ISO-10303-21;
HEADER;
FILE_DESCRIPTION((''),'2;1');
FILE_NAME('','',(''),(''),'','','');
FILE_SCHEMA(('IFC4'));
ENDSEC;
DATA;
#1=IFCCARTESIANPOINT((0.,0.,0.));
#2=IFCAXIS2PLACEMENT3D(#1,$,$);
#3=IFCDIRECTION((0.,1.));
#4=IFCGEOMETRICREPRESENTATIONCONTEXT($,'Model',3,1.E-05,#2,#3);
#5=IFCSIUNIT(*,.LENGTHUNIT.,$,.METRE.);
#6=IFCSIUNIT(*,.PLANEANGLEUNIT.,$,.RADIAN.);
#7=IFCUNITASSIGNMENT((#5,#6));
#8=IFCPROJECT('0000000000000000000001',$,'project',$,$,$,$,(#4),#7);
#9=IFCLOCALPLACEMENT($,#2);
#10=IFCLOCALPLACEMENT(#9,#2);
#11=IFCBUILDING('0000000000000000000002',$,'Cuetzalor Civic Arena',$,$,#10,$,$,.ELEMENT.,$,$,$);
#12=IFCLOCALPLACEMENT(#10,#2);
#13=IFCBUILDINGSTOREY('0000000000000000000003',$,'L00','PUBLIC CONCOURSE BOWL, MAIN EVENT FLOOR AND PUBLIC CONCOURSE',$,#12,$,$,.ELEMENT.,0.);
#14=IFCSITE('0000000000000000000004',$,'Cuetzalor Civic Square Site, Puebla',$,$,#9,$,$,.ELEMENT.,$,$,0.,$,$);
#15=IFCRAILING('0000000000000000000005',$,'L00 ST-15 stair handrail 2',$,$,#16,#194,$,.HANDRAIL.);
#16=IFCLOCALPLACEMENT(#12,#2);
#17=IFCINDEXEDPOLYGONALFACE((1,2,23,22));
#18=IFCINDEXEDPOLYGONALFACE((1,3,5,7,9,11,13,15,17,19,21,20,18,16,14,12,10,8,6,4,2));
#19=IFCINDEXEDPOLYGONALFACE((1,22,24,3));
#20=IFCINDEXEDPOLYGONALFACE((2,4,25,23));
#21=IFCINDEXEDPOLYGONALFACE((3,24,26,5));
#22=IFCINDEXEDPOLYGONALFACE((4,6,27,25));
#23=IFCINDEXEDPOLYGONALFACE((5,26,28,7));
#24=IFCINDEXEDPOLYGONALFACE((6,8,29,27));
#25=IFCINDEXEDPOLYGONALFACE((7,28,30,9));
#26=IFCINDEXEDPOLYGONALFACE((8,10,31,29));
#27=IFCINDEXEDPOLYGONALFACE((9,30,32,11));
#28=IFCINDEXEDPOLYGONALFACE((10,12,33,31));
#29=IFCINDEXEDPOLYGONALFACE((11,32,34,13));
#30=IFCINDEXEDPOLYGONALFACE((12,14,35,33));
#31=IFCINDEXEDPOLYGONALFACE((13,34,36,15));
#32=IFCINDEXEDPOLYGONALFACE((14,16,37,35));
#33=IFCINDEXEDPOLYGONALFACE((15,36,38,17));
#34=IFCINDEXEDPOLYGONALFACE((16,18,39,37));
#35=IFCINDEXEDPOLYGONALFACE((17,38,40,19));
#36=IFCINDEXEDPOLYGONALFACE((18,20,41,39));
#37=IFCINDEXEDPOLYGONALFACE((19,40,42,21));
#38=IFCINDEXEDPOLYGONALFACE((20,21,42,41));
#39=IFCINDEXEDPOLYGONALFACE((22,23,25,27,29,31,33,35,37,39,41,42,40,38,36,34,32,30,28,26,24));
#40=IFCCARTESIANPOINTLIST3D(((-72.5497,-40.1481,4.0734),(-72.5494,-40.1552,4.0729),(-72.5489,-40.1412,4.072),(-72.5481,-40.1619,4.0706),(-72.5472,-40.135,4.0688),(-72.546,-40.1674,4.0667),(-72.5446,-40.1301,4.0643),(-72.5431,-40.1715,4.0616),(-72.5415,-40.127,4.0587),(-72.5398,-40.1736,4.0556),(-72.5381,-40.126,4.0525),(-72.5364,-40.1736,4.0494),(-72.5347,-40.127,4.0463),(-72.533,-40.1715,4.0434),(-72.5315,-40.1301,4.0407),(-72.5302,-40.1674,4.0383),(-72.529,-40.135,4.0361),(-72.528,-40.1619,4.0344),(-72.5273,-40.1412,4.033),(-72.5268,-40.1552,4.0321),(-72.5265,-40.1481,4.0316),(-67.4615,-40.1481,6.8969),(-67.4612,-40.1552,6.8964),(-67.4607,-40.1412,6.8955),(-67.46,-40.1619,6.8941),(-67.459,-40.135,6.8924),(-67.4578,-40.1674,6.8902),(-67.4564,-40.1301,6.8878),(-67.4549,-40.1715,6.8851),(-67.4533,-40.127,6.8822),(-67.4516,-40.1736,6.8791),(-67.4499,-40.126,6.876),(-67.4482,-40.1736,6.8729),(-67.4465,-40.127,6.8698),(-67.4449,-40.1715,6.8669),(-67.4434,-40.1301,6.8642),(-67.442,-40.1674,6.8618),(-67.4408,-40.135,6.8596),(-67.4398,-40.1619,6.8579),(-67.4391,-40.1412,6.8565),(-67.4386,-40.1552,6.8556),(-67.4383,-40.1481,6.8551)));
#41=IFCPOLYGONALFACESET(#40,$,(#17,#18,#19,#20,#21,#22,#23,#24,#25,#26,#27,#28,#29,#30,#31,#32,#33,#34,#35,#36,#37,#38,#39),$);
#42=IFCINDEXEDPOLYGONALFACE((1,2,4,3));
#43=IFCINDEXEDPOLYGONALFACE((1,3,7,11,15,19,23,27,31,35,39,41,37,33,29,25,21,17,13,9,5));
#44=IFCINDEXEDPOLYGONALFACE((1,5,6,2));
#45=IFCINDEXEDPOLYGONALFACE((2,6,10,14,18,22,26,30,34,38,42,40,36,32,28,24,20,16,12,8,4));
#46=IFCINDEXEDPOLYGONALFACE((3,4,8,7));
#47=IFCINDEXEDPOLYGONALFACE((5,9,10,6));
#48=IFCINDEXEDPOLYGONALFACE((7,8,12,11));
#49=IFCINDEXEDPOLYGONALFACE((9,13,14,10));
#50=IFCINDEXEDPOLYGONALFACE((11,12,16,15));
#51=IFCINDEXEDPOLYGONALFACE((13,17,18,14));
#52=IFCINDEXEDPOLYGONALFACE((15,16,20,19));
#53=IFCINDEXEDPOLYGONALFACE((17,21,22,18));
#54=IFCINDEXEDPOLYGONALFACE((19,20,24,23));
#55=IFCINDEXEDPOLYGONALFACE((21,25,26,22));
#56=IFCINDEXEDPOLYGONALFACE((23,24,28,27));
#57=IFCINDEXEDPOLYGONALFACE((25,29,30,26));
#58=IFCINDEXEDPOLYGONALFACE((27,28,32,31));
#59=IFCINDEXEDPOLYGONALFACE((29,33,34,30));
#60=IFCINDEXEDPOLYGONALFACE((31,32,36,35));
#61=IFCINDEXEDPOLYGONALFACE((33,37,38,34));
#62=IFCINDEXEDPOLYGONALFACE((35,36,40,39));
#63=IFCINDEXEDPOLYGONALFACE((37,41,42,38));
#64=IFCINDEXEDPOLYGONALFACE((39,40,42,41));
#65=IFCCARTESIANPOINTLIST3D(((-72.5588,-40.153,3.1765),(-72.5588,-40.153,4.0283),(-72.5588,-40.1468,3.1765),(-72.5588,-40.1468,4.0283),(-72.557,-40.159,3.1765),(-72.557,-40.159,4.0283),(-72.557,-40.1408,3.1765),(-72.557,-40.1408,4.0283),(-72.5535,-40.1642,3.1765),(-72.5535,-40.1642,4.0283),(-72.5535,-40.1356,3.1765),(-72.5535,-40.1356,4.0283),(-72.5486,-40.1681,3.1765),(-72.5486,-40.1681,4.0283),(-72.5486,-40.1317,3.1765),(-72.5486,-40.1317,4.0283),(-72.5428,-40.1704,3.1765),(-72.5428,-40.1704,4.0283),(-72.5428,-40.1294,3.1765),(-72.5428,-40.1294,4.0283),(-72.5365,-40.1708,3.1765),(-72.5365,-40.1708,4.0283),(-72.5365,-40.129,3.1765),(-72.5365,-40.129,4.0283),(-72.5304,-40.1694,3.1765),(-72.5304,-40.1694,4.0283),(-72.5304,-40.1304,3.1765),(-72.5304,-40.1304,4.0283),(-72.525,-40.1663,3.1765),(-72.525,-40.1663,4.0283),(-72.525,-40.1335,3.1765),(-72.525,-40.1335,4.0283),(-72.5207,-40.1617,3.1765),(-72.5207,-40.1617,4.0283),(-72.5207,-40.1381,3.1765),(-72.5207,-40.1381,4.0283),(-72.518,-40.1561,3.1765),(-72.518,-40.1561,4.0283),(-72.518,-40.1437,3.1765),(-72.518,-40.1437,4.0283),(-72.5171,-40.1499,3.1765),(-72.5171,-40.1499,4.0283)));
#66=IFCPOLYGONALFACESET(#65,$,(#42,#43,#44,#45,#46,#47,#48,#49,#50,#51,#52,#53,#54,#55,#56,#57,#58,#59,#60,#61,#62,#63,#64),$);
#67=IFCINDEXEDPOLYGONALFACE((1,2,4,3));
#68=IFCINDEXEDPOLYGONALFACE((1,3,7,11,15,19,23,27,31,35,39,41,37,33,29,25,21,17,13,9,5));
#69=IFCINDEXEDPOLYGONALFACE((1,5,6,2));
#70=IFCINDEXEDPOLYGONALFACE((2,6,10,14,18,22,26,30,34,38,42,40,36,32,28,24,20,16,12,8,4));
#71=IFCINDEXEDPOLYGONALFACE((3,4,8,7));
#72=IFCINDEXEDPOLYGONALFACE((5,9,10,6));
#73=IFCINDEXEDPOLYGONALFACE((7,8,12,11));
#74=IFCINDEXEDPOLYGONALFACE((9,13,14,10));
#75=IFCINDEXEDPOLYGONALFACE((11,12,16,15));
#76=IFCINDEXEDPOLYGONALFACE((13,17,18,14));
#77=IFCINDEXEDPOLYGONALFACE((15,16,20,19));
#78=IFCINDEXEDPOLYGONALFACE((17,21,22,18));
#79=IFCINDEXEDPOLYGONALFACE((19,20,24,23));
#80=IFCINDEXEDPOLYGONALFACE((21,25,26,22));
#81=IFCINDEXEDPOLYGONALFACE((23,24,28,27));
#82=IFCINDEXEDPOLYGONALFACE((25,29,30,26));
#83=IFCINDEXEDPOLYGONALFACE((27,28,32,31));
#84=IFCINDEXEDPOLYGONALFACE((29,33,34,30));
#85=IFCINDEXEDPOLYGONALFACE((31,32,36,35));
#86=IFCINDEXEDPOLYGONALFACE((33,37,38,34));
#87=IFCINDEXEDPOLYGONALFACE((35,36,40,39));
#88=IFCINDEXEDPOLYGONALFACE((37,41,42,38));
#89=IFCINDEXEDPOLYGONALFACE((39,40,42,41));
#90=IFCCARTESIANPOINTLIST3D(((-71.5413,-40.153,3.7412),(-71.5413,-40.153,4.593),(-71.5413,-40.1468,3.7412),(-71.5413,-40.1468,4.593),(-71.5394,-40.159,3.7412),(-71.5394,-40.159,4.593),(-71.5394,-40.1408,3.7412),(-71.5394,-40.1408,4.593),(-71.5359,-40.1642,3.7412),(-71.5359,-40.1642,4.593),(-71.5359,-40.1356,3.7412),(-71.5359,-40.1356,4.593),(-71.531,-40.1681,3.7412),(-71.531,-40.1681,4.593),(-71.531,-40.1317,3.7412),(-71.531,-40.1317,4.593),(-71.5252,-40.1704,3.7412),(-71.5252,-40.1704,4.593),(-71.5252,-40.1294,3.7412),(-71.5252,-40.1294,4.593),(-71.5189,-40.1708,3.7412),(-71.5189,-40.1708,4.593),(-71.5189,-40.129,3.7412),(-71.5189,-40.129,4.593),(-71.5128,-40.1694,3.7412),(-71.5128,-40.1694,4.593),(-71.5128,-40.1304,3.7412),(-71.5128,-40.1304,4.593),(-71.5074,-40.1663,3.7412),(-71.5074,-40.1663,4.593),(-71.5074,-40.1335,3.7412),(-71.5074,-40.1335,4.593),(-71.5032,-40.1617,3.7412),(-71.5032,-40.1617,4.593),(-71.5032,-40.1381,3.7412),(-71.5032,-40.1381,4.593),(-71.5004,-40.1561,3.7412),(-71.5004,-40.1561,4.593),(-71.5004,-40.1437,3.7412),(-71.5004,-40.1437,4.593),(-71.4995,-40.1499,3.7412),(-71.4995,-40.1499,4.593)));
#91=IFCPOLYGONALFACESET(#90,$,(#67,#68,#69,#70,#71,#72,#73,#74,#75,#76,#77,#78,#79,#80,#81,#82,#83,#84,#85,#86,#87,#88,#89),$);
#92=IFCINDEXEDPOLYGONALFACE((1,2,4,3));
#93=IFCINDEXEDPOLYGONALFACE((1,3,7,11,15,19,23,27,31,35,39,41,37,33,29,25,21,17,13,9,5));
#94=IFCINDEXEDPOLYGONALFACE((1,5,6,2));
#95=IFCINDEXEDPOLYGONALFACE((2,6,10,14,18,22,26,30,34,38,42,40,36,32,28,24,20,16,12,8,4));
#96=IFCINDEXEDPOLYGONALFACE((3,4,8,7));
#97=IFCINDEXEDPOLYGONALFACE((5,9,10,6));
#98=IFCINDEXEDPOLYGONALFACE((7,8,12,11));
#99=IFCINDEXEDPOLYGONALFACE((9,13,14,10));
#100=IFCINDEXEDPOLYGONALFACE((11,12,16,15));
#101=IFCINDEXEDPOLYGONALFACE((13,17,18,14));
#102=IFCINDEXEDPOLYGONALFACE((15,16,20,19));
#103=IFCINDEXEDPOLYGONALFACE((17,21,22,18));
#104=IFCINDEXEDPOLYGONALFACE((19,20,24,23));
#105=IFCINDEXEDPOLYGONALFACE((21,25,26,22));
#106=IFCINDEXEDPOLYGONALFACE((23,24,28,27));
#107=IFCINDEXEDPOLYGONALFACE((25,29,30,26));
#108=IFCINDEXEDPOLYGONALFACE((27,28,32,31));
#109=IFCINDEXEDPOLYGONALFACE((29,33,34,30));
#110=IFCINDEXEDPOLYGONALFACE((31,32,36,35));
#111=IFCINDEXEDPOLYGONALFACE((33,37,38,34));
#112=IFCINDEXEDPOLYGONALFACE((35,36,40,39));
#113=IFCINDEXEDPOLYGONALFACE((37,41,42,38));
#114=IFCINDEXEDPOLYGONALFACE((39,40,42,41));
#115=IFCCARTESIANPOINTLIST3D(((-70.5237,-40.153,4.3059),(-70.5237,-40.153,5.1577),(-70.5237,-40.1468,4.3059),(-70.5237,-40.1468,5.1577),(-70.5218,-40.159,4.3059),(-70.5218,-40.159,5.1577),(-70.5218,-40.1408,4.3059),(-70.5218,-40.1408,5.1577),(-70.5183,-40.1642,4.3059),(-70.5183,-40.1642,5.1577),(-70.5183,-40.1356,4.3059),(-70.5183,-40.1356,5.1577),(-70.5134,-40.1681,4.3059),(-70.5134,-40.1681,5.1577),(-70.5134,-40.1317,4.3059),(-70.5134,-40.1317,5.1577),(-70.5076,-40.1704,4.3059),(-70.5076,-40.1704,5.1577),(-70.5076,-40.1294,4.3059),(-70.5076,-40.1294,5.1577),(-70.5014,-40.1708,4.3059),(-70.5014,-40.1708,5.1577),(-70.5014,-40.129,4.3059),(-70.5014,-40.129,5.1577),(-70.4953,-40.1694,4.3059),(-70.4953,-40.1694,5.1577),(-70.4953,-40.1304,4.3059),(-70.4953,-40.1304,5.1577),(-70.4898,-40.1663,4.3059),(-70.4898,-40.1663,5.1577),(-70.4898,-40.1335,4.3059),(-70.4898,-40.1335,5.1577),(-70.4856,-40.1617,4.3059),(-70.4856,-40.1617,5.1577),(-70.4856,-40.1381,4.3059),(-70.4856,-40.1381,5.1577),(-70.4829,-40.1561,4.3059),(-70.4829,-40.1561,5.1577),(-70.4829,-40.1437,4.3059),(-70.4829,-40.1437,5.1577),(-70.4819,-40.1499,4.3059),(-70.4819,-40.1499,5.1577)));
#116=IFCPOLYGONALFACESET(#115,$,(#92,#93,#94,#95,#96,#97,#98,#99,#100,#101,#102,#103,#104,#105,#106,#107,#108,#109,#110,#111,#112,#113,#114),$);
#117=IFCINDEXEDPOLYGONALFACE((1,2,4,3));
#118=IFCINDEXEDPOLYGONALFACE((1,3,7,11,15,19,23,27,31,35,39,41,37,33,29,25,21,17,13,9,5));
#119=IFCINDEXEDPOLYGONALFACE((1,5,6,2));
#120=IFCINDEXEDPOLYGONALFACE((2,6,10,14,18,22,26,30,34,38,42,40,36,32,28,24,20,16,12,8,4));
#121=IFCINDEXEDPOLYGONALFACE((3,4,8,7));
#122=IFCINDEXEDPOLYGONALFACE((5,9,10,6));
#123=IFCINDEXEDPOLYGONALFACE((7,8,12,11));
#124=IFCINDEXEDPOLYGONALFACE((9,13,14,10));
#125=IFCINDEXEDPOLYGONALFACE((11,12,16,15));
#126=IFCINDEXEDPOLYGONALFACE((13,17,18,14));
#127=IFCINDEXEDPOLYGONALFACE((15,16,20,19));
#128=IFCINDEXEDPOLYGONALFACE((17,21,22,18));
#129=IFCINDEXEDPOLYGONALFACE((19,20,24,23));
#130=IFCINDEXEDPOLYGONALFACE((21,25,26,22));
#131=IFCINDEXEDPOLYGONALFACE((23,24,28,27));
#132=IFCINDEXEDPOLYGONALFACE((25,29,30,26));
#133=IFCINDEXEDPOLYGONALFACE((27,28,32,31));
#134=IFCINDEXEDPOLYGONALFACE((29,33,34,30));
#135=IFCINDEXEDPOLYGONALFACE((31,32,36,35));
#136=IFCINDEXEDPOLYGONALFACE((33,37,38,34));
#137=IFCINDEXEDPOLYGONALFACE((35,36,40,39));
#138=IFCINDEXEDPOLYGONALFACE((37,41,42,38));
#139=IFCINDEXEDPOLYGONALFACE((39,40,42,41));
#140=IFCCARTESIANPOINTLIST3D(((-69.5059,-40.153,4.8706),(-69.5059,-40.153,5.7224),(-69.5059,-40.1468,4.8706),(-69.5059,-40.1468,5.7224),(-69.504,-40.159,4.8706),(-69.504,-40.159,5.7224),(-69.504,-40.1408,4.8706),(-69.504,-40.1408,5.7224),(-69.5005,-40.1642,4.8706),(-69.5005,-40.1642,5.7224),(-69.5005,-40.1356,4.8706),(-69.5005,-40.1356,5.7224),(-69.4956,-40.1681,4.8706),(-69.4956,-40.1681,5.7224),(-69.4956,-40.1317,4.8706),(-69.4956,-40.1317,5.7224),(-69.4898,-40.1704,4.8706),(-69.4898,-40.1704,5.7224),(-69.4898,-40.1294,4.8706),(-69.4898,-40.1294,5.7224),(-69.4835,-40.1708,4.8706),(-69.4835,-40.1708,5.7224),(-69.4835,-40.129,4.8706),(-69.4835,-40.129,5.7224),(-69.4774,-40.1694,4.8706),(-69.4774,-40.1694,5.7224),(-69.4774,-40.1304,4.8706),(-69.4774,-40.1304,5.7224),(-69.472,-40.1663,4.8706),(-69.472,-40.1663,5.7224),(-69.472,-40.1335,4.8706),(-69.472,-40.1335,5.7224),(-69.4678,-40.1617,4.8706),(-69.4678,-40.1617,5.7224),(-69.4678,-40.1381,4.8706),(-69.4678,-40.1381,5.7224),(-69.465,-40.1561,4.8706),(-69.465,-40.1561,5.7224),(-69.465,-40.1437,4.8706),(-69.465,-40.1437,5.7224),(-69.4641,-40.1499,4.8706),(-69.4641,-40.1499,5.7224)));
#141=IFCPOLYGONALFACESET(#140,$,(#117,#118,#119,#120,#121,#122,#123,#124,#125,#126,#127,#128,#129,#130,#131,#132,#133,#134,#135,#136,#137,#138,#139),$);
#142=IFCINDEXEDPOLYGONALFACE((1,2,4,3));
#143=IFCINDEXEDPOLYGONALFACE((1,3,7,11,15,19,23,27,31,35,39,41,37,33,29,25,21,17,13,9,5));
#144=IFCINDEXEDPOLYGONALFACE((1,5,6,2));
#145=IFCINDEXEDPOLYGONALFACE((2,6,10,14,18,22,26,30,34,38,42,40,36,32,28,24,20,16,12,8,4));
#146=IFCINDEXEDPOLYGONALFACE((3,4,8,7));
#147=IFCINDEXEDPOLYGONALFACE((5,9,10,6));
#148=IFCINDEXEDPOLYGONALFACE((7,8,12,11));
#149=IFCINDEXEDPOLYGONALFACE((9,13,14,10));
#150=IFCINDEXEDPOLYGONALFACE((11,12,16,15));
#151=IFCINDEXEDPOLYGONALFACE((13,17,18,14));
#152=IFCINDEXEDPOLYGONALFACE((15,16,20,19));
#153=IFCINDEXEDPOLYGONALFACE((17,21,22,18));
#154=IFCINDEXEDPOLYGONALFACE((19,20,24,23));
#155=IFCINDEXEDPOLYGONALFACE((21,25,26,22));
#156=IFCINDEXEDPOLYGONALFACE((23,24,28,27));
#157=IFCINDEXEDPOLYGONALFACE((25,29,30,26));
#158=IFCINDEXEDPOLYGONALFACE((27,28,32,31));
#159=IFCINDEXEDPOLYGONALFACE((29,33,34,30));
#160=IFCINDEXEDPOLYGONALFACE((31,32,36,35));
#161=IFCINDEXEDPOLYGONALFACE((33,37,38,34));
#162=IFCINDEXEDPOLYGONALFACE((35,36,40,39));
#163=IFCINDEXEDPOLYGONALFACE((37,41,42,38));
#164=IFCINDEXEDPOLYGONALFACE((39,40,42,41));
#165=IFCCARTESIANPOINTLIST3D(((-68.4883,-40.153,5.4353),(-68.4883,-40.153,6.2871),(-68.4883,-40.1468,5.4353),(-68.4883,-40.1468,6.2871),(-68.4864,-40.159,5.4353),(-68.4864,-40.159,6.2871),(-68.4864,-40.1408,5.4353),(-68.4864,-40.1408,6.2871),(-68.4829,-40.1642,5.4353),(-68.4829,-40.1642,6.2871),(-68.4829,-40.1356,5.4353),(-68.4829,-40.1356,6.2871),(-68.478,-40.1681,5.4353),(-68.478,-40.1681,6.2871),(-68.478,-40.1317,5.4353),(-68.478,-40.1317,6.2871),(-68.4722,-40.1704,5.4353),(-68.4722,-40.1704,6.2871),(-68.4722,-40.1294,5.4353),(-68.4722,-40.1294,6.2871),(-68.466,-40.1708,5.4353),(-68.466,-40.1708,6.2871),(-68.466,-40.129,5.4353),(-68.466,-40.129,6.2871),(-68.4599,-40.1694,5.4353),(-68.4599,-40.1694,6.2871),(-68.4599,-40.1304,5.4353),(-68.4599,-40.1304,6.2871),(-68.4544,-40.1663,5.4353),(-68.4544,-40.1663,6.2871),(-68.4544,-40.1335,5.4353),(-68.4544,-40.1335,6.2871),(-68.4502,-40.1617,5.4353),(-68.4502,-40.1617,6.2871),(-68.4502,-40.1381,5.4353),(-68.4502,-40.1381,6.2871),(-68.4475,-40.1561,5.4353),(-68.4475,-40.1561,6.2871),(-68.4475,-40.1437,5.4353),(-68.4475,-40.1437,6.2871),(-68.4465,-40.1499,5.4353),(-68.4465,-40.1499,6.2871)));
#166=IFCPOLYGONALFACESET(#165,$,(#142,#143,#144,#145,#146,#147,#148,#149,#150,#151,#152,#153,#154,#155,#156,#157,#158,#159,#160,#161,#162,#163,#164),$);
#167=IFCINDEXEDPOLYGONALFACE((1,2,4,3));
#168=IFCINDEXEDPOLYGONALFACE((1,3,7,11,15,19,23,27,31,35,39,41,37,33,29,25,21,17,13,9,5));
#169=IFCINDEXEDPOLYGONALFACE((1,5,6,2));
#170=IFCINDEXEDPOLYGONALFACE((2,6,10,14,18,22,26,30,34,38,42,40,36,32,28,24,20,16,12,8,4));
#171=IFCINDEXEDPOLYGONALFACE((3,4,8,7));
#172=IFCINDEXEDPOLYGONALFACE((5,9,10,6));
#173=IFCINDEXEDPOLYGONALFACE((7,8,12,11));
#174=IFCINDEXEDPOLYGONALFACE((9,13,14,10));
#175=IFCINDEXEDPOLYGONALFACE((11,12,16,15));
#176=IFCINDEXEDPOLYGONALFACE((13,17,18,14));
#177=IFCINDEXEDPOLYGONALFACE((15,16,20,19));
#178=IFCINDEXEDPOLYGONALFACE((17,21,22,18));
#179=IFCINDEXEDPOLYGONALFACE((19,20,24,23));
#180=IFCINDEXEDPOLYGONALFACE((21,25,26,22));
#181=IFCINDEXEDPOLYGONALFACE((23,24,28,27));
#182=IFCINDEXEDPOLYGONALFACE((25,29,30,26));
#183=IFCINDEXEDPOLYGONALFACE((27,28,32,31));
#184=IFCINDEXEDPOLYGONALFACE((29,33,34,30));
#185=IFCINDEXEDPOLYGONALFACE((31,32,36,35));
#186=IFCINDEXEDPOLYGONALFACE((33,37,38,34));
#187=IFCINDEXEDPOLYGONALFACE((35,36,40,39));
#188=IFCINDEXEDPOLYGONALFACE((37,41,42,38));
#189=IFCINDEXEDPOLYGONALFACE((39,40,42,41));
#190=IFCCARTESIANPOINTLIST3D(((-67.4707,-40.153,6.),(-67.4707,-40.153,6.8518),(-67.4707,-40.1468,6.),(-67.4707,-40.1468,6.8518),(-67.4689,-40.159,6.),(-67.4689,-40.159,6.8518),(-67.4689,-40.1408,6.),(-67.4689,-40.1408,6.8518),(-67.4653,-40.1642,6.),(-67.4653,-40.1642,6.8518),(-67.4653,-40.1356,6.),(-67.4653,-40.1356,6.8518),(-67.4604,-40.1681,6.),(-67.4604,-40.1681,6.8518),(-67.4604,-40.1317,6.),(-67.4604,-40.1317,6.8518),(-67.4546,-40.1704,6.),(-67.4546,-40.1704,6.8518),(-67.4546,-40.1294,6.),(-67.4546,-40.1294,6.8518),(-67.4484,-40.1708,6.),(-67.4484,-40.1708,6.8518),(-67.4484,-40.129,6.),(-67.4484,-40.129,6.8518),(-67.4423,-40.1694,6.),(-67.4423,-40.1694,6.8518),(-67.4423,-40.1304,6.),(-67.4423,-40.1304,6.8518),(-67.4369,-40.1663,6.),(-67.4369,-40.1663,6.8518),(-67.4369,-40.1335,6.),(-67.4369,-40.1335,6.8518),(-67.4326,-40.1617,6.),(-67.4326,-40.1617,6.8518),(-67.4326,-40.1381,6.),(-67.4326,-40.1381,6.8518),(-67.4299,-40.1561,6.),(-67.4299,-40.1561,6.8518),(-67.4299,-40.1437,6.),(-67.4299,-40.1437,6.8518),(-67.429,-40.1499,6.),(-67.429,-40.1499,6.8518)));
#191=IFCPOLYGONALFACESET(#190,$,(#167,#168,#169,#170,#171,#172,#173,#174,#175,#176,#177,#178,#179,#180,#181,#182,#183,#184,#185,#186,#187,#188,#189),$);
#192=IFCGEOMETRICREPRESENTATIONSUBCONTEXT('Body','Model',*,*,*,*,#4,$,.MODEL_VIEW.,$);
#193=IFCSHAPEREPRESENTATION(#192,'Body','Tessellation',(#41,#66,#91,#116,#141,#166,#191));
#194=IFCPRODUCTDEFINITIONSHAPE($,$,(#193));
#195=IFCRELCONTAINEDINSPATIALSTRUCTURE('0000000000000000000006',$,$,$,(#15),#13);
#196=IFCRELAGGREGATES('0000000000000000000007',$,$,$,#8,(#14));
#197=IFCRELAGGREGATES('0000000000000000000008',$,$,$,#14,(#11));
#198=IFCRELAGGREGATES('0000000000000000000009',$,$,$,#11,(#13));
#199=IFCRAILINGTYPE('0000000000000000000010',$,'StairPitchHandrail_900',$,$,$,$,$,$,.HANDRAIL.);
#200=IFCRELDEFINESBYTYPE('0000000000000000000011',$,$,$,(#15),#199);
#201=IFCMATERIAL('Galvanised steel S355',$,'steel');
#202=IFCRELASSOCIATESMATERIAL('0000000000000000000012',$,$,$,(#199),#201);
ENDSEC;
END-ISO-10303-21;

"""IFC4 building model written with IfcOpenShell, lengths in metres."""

from ifc_helpers import new_model, si_unit, direction, frame, origin, origin_2d, place, context, subcontext, project, spatial, circle, extrude, material, type_object, element, save


model = new_model("IFC4")

# Units and contexts
model_context = context("Model", 3, precision=1e-05, world=origin(), true_north=direction((0.0, 1.0)))
body_context = subcontext(model_context, "Body", "Model", "MODEL_VIEW")
ifc_project = project(units=[si_unit("LENGTHUNIT", "METRE"), si_unit("PLANEANGLEUNIT", "RADIAN")], contexts=[model_context])

# Site, building, storey
site_placement = place(None, origin())
site = spatial("IfcSite", under=ifc_project, at=site_placement, Name="Cuetzalor Civic Square Site, Puebla", CompositionType="ELEMENT", RefElevation=0.0)
building_placement = place(site_placement, origin())
building = spatial("IfcBuilding", under=site, at=building_placement, Name="Cuetzalor Civic Arena", CompositionType="ELEMENT")
storey_placement = place(building_placement, origin())
storey = spatial("IfcBuildingStorey", under=building, at=storey_placement, Name="L00", Description="PUBLIC CONCOURSE BOWL, MAIN EVENT FLOOR AND PUBLIC CONCOURSE", CompositionType="ELEMENT", Elevation=0.0)

# Railing
ifc_material_1 = material(Name="Galvanised steel S355", Category="steel")
railing_type_1 = type_object("IfcRailingType", Name="StairPitchHandrail_900", PredefinedType="HANDRAIL", material=ifc_material_1)
for number, where, name in (
    (1, (-72.5381, -40.1499, 3.1765), "L00 ST-15 stair handrail 2"),
):
    element("IfcRailing", number, at=place(storey_placement, frame(where)), inside=storey, type_object=railing_type_1, Name=name, PredefinedType="HANDRAIL", context=body_context, shape_type="SweptSolid", body=[
        extrude(circle(Radius=0.0239, at=origin_2d()), frame((0.0, 0.0, 0.876), z_axis=(0.874395, 0.0, 0.485215), x_axis=(0.0, 1.0, 0.0)), (0.0, 0.0, 1.0), 5.8191),
        extrude(circle(Radius=0.021, at=origin_2d()), origin(), (0.0, 0.0, 1.0), 0.8518),
        extrude(circle(Radius=0.021, at=origin_2d()), frame((1.0176, 0.0, 0.5647)), (0.0, 0.0, 1.0), 0.8518),
        extrude(circle(Radius=0.021, at=origin_2d()), frame((2.0352, 0.0, 1.1294)), (0.0, 0.0, 1.0), 0.8518),
        extrude(circle(Radius=0.021, at=origin_2d()), frame((3.053, 0.0, 1.6941)), (0.0, 0.0, 1.0), 0.8518),
        extrude(circle(Radius=0.021, at=origin_2d()), frame((4.0706, 0.0, 2.2588)), (0.0, 0.0, 1.0), 0.8518),
        extrude(circle(Radius=0.021, at=origin_2d()), frame((5.0881, 0.0, 2.8235)), (0.0, 0.0, 1.0), 0.8518),
    ])

save(model, "model.ifc")
